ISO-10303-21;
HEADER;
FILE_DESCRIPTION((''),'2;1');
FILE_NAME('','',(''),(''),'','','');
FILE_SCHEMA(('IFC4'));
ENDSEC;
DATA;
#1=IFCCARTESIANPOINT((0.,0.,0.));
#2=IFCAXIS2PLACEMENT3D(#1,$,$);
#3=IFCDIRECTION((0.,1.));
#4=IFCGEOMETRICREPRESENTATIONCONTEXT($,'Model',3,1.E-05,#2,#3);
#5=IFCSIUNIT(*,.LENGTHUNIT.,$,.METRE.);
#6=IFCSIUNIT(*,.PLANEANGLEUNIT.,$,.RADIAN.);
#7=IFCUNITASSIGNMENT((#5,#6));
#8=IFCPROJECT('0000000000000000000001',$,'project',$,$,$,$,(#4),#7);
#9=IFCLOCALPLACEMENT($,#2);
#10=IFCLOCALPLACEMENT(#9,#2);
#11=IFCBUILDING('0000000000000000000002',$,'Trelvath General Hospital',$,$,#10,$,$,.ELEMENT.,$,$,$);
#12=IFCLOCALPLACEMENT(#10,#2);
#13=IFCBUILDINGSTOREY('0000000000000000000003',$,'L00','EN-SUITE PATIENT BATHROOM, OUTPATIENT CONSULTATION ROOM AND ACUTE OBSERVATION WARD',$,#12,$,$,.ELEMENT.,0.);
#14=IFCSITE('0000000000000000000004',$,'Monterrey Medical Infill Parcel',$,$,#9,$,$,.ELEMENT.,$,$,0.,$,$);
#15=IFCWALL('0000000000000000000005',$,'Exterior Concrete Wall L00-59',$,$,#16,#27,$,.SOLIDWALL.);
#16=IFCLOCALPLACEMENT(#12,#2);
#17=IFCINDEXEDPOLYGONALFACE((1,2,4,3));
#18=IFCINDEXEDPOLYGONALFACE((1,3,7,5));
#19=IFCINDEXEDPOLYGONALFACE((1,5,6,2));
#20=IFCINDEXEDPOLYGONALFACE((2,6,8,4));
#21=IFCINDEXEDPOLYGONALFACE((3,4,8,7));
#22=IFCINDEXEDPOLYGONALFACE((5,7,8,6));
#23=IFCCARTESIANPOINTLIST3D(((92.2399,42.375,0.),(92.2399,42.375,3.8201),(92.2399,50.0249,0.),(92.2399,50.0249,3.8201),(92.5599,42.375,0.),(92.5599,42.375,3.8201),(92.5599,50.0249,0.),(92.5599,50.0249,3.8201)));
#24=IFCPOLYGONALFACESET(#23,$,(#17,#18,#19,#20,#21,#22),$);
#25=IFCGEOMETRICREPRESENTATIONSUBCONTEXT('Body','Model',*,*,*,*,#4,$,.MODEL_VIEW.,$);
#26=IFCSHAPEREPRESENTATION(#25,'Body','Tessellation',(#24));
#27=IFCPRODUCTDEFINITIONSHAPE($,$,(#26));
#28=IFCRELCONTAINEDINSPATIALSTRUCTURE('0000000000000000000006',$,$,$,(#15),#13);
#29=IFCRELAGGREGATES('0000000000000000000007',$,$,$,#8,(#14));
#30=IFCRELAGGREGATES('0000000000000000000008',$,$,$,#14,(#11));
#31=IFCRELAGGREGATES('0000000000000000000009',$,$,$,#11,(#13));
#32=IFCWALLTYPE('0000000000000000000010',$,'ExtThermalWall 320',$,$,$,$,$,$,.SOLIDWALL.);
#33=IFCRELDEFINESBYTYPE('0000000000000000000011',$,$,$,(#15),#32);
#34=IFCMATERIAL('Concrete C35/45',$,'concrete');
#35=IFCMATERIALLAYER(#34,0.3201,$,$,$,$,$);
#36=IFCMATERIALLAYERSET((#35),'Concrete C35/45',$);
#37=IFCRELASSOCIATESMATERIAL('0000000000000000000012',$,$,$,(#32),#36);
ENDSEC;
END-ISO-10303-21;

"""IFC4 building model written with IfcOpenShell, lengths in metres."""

from ifc_helpers import new_model, si_unit, direction, frame, frame_2d, origin, place, context, subcontext, project, spatial, rectangle, extrude, material, layer, layer_set, type_object, element, save


model = new_model("IFC4")

# Units and contexts
model_context = context("Model", 3, precision=1e-05, world=origin(), true_north=direction((0.0, 1.0)))
body_context = subcontext(model_context, "Body", "Model", "MODEL_VIEW")
ifc_project = project(units=[si_unit("LENGTHUNIT", "METRE"), si_unit("PLANEANGLEUNIT", "RADIAN")], contexts=[model_context])

# Site, building, storey
site_placement = place(None, origin())
site = spatial("IfcSite", under=ifc_project, at=site_placement, Name="Monterrey Medical Infill Parcel", CompositionType="ELEMENT", RefElevation=0.0)
building_placement = place(site_placement, origin())
building = spatial("IfcBuilding", under=site, at=building_placement, Name="Trelvath General Hospital", CompositionType="ELEMENT")
storey_placement = place(building_placement, origin())
storey = spatial("IfcBuildingStorey", under=building, at=storey_placement, Name="L00", Description="EN-SUITE PATIENT BATHROOM, OUTPATIENT CONSULTATION ROOM AND ACUTE OBSERVATION WARD", CompositionType="ELEMENT", Elevation=0.0)

# Shared definitions
ifc_material_1 = material(Name="Concrete C35/45", Category="concrete")
ifc_layer_1 = layer(ifc_material_1, 0.3201)
ifc_layer_set_1 = layer_set([ifc_layer_1], Name="Concrete C35/45")
wall_type = type_object("IfcWallType", Name="ExtThermalWall 320", PredefinedType="SOLIDWALL", material=ifc_layer_set_1)

# Wall
wall_1_placement = place(storey_placement, frame((92.3999, 50.0249, 0.0), z_axis=(0.0, 0.0, 1.0), x_axis=(0.0, -1.0, 0.0)))
element("IfcWall", 1, at=wall_1_placement, inside=storey, type_object=wall_type, Name="Exterior Concrete Wall L00-59", PredefinedType="SOLIDWALL", context=body_context, shape_type="SweptSolid", body=[
    extrude(rectangle(XDim=7.6499, YDim=0.3201, at=frame_2d((3.825, 0.0))), origin(), (0.0, 0.0, 1.0), 3.8201),
])

save(model, "model.ifc")
